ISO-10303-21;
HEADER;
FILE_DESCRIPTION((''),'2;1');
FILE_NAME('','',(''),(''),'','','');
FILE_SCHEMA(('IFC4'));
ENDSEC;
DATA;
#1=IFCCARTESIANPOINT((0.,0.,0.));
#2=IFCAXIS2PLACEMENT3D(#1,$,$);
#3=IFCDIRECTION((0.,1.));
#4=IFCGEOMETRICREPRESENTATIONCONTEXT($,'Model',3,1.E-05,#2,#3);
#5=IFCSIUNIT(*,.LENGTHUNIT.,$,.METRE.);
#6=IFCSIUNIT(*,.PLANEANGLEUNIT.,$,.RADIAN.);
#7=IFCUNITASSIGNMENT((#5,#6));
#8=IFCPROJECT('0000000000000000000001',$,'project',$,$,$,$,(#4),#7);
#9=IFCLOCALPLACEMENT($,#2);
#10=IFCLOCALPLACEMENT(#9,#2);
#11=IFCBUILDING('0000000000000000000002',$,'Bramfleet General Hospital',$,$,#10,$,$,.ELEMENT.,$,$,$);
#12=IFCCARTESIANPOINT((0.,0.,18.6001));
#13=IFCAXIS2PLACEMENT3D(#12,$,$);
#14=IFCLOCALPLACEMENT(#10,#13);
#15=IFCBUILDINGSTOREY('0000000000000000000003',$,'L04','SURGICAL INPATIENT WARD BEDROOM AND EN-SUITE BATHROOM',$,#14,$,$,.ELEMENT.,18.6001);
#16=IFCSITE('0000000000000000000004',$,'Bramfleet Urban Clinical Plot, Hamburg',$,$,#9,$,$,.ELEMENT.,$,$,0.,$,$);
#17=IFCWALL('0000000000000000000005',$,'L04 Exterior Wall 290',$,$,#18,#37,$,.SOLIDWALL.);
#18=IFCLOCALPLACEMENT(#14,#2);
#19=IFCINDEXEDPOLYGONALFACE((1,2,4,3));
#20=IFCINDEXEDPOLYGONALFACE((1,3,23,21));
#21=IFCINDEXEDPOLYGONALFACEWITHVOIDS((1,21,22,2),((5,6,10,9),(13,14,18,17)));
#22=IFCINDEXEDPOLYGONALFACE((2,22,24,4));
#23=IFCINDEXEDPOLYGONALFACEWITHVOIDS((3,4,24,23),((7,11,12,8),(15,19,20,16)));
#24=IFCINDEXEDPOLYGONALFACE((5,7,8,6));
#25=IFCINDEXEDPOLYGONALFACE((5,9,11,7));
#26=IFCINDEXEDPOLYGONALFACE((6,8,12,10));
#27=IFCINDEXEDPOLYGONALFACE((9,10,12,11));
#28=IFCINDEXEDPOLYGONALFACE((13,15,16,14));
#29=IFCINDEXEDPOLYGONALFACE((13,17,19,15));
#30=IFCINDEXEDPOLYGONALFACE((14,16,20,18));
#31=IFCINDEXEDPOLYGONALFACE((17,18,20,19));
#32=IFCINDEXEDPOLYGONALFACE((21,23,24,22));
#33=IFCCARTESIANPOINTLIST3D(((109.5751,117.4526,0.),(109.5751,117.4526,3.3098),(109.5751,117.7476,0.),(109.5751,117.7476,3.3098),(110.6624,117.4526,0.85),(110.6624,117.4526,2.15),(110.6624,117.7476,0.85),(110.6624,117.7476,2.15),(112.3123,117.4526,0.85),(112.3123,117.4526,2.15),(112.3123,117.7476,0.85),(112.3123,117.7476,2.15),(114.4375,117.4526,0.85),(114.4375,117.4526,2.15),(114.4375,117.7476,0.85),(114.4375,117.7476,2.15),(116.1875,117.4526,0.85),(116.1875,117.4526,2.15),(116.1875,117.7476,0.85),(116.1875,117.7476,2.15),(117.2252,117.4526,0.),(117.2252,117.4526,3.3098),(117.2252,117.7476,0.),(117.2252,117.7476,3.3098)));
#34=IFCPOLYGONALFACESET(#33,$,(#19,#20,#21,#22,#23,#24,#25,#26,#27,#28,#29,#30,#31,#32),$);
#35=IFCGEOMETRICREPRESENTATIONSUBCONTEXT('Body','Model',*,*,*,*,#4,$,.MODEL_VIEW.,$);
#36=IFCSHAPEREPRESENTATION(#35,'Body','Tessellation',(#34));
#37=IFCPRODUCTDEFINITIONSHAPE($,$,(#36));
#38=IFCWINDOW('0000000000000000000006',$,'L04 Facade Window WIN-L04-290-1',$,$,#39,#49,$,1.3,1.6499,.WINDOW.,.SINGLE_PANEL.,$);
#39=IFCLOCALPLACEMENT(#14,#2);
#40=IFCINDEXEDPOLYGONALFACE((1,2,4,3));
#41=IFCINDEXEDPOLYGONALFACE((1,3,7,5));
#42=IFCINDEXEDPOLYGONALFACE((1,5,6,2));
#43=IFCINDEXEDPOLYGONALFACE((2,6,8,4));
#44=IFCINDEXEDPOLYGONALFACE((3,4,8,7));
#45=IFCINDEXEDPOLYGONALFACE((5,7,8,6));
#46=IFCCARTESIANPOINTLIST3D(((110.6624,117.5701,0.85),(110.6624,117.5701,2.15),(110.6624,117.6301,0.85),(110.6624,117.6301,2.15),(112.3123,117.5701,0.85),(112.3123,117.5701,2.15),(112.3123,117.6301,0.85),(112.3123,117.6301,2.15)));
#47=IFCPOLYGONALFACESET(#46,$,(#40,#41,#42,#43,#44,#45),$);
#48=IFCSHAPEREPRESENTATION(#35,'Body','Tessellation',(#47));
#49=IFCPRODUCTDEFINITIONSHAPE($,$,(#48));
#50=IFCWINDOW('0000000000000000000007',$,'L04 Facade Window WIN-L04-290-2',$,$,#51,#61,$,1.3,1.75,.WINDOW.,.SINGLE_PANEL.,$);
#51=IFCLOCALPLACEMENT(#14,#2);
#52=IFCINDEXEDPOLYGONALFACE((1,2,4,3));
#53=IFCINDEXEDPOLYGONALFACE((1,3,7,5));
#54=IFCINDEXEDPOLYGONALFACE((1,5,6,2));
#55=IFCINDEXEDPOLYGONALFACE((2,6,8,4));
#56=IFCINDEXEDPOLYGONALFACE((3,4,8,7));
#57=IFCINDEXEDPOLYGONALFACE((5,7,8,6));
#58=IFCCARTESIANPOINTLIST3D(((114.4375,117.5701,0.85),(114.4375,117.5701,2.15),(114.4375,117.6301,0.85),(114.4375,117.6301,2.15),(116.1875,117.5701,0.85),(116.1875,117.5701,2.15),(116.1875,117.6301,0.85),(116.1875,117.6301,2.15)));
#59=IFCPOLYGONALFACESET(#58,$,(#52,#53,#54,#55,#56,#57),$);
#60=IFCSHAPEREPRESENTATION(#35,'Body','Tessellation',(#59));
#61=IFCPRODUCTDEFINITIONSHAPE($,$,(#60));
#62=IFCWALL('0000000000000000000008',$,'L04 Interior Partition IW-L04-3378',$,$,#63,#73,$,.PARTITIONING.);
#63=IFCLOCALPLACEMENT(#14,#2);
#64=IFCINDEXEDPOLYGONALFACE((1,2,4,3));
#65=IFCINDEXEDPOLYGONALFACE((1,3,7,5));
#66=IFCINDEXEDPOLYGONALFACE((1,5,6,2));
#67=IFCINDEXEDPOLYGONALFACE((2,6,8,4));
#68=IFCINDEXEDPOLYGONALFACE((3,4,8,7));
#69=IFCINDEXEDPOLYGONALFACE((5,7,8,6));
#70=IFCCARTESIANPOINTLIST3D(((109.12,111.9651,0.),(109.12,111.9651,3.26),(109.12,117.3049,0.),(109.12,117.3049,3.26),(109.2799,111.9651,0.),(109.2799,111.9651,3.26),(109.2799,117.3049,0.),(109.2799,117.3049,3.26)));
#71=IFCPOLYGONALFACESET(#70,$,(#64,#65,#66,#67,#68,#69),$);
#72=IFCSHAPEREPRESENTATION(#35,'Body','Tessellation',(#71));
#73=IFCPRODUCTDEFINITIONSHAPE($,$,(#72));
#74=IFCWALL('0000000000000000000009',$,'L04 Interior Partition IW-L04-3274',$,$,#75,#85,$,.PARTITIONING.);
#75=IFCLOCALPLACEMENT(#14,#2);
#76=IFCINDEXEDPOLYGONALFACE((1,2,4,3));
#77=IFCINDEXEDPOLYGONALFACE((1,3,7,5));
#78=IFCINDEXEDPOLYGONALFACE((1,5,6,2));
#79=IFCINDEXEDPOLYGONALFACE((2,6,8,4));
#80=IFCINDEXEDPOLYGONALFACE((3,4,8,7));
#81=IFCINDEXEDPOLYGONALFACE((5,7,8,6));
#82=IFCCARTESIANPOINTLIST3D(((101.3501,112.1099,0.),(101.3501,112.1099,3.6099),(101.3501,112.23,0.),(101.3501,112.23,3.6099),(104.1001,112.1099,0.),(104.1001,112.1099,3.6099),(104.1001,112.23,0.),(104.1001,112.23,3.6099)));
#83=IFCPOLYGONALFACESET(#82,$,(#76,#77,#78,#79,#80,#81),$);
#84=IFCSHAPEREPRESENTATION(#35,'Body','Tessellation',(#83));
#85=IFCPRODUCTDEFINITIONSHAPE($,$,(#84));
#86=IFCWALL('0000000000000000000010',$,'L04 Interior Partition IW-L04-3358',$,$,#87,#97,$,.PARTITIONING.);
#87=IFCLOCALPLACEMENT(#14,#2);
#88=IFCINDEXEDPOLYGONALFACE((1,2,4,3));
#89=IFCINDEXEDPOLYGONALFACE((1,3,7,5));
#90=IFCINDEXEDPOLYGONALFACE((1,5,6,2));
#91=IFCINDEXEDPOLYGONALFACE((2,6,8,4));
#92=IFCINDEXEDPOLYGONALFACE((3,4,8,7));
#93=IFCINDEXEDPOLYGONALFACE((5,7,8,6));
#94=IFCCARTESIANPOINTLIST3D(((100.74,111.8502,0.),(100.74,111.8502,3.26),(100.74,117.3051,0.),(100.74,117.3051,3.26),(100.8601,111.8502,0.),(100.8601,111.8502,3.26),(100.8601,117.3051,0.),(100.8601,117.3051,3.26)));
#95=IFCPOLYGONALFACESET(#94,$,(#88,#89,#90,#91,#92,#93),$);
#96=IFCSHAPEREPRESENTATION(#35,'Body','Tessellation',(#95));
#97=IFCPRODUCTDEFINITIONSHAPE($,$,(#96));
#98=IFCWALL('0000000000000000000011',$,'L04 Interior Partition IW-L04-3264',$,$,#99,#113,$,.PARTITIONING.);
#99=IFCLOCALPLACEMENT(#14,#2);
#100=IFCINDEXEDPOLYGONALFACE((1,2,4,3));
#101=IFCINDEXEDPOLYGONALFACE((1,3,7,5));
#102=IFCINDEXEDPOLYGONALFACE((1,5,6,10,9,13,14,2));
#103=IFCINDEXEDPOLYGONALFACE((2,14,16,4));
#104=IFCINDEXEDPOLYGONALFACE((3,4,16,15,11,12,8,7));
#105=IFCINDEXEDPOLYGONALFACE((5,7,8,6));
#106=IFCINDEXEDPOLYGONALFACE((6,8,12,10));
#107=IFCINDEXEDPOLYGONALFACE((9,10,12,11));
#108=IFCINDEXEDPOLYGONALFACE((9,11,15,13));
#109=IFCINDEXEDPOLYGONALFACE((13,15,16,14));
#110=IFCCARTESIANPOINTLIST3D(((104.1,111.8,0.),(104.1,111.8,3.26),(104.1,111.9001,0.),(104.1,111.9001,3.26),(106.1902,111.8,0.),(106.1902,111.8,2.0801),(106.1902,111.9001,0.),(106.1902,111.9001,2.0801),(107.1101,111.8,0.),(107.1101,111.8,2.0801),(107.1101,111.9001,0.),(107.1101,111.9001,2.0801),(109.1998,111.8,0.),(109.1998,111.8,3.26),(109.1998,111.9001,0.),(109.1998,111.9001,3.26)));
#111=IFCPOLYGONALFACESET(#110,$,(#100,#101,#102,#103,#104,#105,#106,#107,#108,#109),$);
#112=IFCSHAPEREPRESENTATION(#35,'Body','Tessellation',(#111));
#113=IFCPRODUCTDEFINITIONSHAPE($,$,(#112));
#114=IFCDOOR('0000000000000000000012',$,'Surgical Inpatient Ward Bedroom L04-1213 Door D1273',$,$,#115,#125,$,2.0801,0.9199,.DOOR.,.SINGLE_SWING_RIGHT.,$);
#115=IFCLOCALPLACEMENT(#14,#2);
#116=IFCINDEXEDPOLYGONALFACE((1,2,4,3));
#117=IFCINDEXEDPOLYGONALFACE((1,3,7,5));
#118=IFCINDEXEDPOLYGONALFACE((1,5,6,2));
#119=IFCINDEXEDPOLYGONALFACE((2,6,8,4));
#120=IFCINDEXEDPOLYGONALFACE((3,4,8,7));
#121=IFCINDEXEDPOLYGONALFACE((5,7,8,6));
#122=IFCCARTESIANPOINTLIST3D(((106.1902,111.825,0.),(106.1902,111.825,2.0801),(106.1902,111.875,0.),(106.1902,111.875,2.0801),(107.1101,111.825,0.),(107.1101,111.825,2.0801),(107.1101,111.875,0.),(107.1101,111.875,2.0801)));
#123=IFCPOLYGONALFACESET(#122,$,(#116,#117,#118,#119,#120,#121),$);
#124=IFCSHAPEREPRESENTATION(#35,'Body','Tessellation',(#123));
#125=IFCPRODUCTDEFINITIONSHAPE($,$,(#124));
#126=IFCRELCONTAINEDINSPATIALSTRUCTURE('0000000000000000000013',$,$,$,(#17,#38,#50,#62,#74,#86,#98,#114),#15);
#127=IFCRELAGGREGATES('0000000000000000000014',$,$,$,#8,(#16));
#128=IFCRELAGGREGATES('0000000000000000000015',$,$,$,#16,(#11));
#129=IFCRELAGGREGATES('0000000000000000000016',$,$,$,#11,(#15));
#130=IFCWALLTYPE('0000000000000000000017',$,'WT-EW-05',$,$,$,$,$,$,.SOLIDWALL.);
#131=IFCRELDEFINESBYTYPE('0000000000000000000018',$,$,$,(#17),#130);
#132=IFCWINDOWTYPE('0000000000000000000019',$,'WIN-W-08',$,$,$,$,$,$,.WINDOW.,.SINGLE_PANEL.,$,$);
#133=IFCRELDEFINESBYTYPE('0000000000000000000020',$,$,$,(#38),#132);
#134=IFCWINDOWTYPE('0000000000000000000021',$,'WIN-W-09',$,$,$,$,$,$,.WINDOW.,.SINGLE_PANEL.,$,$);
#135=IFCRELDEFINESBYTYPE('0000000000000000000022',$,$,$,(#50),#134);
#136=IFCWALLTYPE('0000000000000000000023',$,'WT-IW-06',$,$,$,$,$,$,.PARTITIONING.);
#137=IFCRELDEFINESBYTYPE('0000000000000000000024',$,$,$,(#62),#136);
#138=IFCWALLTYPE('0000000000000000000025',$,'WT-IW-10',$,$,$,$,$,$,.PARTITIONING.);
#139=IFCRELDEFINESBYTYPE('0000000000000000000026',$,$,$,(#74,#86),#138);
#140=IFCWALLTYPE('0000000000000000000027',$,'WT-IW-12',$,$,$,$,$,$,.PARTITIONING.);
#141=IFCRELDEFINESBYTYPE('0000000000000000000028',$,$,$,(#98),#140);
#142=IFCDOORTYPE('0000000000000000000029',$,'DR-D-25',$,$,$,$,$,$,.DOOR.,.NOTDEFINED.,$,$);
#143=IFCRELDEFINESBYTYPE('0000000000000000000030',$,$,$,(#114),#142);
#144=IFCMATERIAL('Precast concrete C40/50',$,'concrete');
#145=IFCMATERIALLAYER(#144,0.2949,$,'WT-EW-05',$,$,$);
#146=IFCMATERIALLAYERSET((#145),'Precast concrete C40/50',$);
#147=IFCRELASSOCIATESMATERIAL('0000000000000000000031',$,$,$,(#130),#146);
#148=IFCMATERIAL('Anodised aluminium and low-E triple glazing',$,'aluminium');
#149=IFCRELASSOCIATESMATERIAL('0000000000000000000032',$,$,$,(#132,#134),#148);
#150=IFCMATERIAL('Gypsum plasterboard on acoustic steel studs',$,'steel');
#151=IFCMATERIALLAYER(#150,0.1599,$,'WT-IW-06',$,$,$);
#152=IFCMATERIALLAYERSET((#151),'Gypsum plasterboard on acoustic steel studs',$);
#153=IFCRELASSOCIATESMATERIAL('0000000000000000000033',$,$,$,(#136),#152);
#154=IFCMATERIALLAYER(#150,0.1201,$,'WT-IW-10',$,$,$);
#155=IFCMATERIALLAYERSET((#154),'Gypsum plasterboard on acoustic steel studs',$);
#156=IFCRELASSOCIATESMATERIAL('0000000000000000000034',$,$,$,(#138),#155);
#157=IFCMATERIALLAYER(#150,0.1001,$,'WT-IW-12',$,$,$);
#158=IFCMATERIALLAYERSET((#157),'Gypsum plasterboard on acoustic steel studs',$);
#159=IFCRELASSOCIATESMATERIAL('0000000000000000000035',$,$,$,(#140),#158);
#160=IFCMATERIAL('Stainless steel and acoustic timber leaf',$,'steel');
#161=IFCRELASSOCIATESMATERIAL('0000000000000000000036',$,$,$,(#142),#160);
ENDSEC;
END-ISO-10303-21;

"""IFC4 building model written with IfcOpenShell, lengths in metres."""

from ifc_helpers import new_model, si_unit, direction, frame, frame_2d, origin, place, context, subcontext, project, spatial, rectangle, extrude, material, layer, layer_set, type_object, element, fill, save


model = new_model("IFC4")

# Units and contexts
model_context = context("Model", 3, precision=1e-05, world=origin(), true_north=direction((0.0, 1.0)))
body_context = subcontext(model_context, "Body", "Model", "MODEL_VIEW")
ifc_project = project(units=[si_unit("LENGTHUNIT", "METRE"), si_unit("PLANEANGLEUNIT", "RADIAN")], contexts=[model_context])

# Site, building, storey
site_placement = place(None, origin())
site = spatial("IfcSite", under=ifc_project, at=site_placement, Name="Bramfleet Urban Clinical Plot, Hamburg", CompositionType="ELEMENT", RefElevation=0.0)
building_placement = place(site_placement, origin())
building = spatial("IfcBuilding", under=site, at=building_placement, Name="Bramfleet General Hospital", CompositionType="ELEMENT")
storey_placement = place(building_placement, frame((0.0, 0.0, 18.6001)))
storey = spatial("IfcBuildingStorey", under=building, at=storey_placement, Name="L04", Description="SURGICAL INPATIENT WARD BEDROOM AND EN-SUITE BATHROOM", CompositionType="ELEMENT", Elevation=18.6001)

# Shared definitions
ifc_material_1 = material(Name="Anodised aluminium and low-E triple glazing", Category="aluminium")

# Wall, openings, windows
ifc_material_2 = material(Name="Precast concrete C40/50", Category="concrete")
ifc_layer_1 = layer(ifc_material_2, 0.2949, Name="WT-EW-05")
ifc_layer_set_1 = layer_set([ifc_layer_1], Name="Precast concrete C40/50")
wall_type_1 = type_object("IfcWallType", Name="WT-EW-05", PredefinedType="SOLIDWALL", material=ifc_layer_set_1)
wall_1_placement = place(storey_placement, frame((109.575, 117.6001, 0.0), z_axis=(0.0, 0.0, 1.0), x_axis=(1.0, 0.0, 0.0)))
wall_1 = element("IfcWall", 1, at=wall_1_placement, inside=storey, type_object=wall_type_1, Name="L04 Exterior Wall 290", PredefinedType="SOLIDWALL", context=body_context, shape_type="SweptSolid", body=[
    extrude(rectangle(XDim=7.6501, YDim=0.2949, at=frame_2d((3.8252, 0.0))), origin(), (0.0, 0.0, 1.0), 3.3098),
])
opening_1_placement = place(wall_1_placement, frame((1.0874, 0.0, 0.8501)))
opening_1 = element("IfcOpeningElement", 2, at=opening_1_placement, cuts=wall_1, PredefinedType="OPENING", context=body_context, shape_type="SweptSolid", body=[
    extrude(rectangle(XDim=1.6499, YDim=1.3, at=frame_2d((0.825, 0.6499))), frame((0.0, 0.1575, 0.0), z_axis=(0.0, -1.0, 0.0), x_axis=(1.0, 0.0, 0.0)), (0.0, 0.0, 1.0), 0.3149),
])
opening_2_placement = place(wall_1_placement, frame((4.8625, 0.0, 0.8501)))
opening_2 = element("IfcOpeningElement", 3, at=opening_2_placement, cuts=wall_1, PredefinedType="OPENING", context=body_context, shape_type="SweptSolid", body=[
    extrude(rectangle(XDim=1.75, YDim=1.3, at=frame_2d((0.875, 0.6499))), frame((0.0, 0.1575, 0.0), z_axis=(0.0, -1.0, 0.0), x_axis=(1.0, 0.0, 0.0)), (0.0, 0.0, 1.0), 0.3149),
])
window_type_1 = type_object("IfcWindowType", Name="WIN-W-08", PartitioningType="SINGLE_PANEL", PredefinedType="WINDOW", material=ifc_material_1)
window_1_placement = place(opening_1_placement, origin())
window_1 = element("IfcWindow", 4, at=window_1_placement, inside=storey, type_object=window_type_1, Name="L04 Facade Window WIN-L04-290-1", OverallHeight=1.3, OverallWidth=1.6499, PartitioningType="SINGLE_PANEL", PredefinedType="WINDOW", context=body_context, shape_type="SweptSolid", body=[
    extrude(rectangle(XDim=1.6499, YDim=1.3, at=frame_2d((0.825, 0.6499))), frame((0.0, 0.03, 0.0), z_axis=(0.0, -1.0, 0.0), x_axis=(1.0, 0.0, 0.0)), (0.0, 0.0, 1.0), 0.0601),
])
fill(opening_1, window_1)
window_type_2 = type_object("IfcWindowType", Name="WIN-W-09", PartitioningType="SINGLE_PANEL", PredefinedType="WINDOW", material=ifc_material_1)
window_2_placement = place(opening_2_placement, origin())
window_2 = element("IfcWindow", 5, at=window_2_placement, inside=storey, type_object=window_type_2, Name="L04 Facade Window WIN-L04-290-2", OverallHeight=1.3, OverallWidth=1.75, PartitioningType="SINGLE_PANEL", PredefinedType="WINDOW", context=body_context, shape_type="SweptSolid", body=[
    extrude(rectangle(XDim=1.75, YDim=1.3, at=frame_2d((0.875, 0.6499))), frame((0.0, 0.03, 0.0), z_axis=(0.0, -1.0, 0.0), x_axis=(1.0, 0.0, 0.0)), (0.0, 0.0, 1.0), 0.0601),
])
fill(opening_2, window_2)

# Walls
ifc_material_3 = material(Name="Gypsum plasterboard on acoustic steel studs", Category="steel")
ifc_layer_2 = layer(ifc_material_3, 0.1599, Name="WT-IW-06")
ifc_layer_set_2 = layer_set([ifc_layer_2], Name="Gypsum plasterboard on acoustic steel studs")
wall_type_2 = type_object("IfcWallType", Name="WT-IW-06", PredefinedType="PARTITIONING", material=ifc_layer_set_2)
wall_2_placement = place(storey_placement, frame((109.2, 111.9651, 0.0), z_axis=(0.0, 0.0, 1.0), x_axis=(0.0, 1.0, 0.0)))
element("IfcWall", 6, at=wall_2_placement, inside=storey, type_object=wall_type_2, Name="L04 Interior Partition IW-L04-3378", PredefinedType="PARTITIONING", context=body_context, shape_type="SweptSolid", body=[
    extrude(rectangle(XDim=5.3398, YDim=0.1599, at=frame_2d((2.6699, 0.0))), origin(), (0.0, 0.0, 1.0), 3.26),
])
ifc_layer_3 = layer(ifc_material_3, 0.1201, Name="WT-IW-10")
ifc_layer_set_3 = layer_set([ifc_layer_3], Name="Gypsum plasterboard on acoustic steel studs")
wall_type_3 = type_object("IfcWallType", Name="WT-IW-10", PredefinedType="PARTITIONING", material=ifc_layer_set_3)
wall_3_placement = place(storey_placement, frame((101.3501, 112.1699, 0.0), z_axis=(0.0, 0.0, 1.0), x_axis=(1.0, 0.0, 0.0)))
element("IfcWall", 7, at=wall_3_placement, inside=storey, type_object=wall_type_3, Name="L04 Interior Partition IW-L04-3274", PredefinedType="PARTITIONING", context=body_context, shape_type="SweptSolid", body=[
    extrude(rectangle(XDim=2.75, YDim=0.1201, at=frame_2d((1.375, 0.0))), origin(), (0.0, 0.0, 1.0), 3.6099),
])
wall_4_placement = place(storey_placement, frame((100.8, 111.8501, 0.0), z_axis=(0.0, 0.0, 1.0), x_axis=(0.0, 1.0, 0.0)))
element("IfcWall", 8, at=wall_4_placement, inside=storey, type_object=wall_type_3, Name="L04 Interior Partition IW-L04-3358", PredefinedType="PARTITIONING", context=body_context, shape_type="SweptSolid", body=[
    extrude(rectangle(XDim=5.4548, YDim=0.1201, at=frame_2d((2.7275, 0.0))), origin(), (0.0, 0.0, 1.0), 3.26),
])

# Wall, opening, door
ifc_layer_4 = layer(ifc_material_3, 0.1001, Name="WT-IW-12")
ifc_layer_set_4 = layer_set([ifc_layer_4], Name="Gypsum plasterboard on acoustic steel studs")
wall_type_4 = type_object("IfcWallType", Name="WT-IW-12", PredefinedType="PARTITIONING", material=ifc_layer_set_4)
wall_5_placement = place(storey_placement, frame((104.1001, 111.8501, 0.0), z_axis=(0.0, 0.0, 1.0), x_axis=(1.0, 0.0, 0.0)))
wall_5 = element("IfcWall", 9, at=wall_5_placement, inside=storey, type_object=wall_type_4, Name="L04 Interior Partition IW-L04-3264", PredefinedType="PARTITIONING", context=body_context, shape_type="SweptSolid", body=[
    extrude(rectangle(XDim=5.0999, YDim=0.1001, at=frame_2d((2.5498, 0.0))), origin(), (0.0, 0.0, 1.0), 3.26),
])
opening_3_placement = place(wall_5_placement, frame((2.0901, 0.0, 0.0)))
opening_3 = element("IfcOpeningElement", 10, at=opening_3_placement, cuts=wall_5, PredefinedType="OPENING", context=body_context, shape_type="SweptSolid", body=[
    extrude(rectangle(XDim=0.9199, YDim=2.0801, at=frame_2d((0.46, 1.04))), frame((0.0, 0.0601, 0.0), z_axis=(0.0, -1.0, 0.0), x_axis=(1.0, 0.0, 0.0)), (0.0, 0.0, 1.0), 0.1201),
])
ifc_material_4 = material(Name="Stainless steel and acoustic timber leaf", Category="steel")
door_type = type_object("IfcDoorType", Name="DR-D-25", OperationType="NOTDEFINED", PredefinedType="DOOR", material=ifc_material_4)
door_placement = place(opening_3_placement, origin())
door = element("IfcDoor", 11, at=door_placement, inside=storey, type_object=door_type, Name="Surgical Inpatient Ward Bedroom L04-1213 Door D1273", OperationType="SINGLE_SWING_RIGHT", OverallHeight=2.0801, OverallWidth=0.9199, PredefinedType="DOOR", context=body_context, shape_type="SweptSolid", body=[
    extrude(rectangle(XDim=0.9199, YDim=2.0801, at=frame_2d((0.46, 1.04))), frame((0.0, 0.0249, 0.0), z_axis=(0.0, -1.0, 0.0), x_axis=(1.0, 0.0, 0.0)), (0.0, 0.0, 1.0), 0.05),
])
fill(opening_3, door)

save(model, "model.ifc")
